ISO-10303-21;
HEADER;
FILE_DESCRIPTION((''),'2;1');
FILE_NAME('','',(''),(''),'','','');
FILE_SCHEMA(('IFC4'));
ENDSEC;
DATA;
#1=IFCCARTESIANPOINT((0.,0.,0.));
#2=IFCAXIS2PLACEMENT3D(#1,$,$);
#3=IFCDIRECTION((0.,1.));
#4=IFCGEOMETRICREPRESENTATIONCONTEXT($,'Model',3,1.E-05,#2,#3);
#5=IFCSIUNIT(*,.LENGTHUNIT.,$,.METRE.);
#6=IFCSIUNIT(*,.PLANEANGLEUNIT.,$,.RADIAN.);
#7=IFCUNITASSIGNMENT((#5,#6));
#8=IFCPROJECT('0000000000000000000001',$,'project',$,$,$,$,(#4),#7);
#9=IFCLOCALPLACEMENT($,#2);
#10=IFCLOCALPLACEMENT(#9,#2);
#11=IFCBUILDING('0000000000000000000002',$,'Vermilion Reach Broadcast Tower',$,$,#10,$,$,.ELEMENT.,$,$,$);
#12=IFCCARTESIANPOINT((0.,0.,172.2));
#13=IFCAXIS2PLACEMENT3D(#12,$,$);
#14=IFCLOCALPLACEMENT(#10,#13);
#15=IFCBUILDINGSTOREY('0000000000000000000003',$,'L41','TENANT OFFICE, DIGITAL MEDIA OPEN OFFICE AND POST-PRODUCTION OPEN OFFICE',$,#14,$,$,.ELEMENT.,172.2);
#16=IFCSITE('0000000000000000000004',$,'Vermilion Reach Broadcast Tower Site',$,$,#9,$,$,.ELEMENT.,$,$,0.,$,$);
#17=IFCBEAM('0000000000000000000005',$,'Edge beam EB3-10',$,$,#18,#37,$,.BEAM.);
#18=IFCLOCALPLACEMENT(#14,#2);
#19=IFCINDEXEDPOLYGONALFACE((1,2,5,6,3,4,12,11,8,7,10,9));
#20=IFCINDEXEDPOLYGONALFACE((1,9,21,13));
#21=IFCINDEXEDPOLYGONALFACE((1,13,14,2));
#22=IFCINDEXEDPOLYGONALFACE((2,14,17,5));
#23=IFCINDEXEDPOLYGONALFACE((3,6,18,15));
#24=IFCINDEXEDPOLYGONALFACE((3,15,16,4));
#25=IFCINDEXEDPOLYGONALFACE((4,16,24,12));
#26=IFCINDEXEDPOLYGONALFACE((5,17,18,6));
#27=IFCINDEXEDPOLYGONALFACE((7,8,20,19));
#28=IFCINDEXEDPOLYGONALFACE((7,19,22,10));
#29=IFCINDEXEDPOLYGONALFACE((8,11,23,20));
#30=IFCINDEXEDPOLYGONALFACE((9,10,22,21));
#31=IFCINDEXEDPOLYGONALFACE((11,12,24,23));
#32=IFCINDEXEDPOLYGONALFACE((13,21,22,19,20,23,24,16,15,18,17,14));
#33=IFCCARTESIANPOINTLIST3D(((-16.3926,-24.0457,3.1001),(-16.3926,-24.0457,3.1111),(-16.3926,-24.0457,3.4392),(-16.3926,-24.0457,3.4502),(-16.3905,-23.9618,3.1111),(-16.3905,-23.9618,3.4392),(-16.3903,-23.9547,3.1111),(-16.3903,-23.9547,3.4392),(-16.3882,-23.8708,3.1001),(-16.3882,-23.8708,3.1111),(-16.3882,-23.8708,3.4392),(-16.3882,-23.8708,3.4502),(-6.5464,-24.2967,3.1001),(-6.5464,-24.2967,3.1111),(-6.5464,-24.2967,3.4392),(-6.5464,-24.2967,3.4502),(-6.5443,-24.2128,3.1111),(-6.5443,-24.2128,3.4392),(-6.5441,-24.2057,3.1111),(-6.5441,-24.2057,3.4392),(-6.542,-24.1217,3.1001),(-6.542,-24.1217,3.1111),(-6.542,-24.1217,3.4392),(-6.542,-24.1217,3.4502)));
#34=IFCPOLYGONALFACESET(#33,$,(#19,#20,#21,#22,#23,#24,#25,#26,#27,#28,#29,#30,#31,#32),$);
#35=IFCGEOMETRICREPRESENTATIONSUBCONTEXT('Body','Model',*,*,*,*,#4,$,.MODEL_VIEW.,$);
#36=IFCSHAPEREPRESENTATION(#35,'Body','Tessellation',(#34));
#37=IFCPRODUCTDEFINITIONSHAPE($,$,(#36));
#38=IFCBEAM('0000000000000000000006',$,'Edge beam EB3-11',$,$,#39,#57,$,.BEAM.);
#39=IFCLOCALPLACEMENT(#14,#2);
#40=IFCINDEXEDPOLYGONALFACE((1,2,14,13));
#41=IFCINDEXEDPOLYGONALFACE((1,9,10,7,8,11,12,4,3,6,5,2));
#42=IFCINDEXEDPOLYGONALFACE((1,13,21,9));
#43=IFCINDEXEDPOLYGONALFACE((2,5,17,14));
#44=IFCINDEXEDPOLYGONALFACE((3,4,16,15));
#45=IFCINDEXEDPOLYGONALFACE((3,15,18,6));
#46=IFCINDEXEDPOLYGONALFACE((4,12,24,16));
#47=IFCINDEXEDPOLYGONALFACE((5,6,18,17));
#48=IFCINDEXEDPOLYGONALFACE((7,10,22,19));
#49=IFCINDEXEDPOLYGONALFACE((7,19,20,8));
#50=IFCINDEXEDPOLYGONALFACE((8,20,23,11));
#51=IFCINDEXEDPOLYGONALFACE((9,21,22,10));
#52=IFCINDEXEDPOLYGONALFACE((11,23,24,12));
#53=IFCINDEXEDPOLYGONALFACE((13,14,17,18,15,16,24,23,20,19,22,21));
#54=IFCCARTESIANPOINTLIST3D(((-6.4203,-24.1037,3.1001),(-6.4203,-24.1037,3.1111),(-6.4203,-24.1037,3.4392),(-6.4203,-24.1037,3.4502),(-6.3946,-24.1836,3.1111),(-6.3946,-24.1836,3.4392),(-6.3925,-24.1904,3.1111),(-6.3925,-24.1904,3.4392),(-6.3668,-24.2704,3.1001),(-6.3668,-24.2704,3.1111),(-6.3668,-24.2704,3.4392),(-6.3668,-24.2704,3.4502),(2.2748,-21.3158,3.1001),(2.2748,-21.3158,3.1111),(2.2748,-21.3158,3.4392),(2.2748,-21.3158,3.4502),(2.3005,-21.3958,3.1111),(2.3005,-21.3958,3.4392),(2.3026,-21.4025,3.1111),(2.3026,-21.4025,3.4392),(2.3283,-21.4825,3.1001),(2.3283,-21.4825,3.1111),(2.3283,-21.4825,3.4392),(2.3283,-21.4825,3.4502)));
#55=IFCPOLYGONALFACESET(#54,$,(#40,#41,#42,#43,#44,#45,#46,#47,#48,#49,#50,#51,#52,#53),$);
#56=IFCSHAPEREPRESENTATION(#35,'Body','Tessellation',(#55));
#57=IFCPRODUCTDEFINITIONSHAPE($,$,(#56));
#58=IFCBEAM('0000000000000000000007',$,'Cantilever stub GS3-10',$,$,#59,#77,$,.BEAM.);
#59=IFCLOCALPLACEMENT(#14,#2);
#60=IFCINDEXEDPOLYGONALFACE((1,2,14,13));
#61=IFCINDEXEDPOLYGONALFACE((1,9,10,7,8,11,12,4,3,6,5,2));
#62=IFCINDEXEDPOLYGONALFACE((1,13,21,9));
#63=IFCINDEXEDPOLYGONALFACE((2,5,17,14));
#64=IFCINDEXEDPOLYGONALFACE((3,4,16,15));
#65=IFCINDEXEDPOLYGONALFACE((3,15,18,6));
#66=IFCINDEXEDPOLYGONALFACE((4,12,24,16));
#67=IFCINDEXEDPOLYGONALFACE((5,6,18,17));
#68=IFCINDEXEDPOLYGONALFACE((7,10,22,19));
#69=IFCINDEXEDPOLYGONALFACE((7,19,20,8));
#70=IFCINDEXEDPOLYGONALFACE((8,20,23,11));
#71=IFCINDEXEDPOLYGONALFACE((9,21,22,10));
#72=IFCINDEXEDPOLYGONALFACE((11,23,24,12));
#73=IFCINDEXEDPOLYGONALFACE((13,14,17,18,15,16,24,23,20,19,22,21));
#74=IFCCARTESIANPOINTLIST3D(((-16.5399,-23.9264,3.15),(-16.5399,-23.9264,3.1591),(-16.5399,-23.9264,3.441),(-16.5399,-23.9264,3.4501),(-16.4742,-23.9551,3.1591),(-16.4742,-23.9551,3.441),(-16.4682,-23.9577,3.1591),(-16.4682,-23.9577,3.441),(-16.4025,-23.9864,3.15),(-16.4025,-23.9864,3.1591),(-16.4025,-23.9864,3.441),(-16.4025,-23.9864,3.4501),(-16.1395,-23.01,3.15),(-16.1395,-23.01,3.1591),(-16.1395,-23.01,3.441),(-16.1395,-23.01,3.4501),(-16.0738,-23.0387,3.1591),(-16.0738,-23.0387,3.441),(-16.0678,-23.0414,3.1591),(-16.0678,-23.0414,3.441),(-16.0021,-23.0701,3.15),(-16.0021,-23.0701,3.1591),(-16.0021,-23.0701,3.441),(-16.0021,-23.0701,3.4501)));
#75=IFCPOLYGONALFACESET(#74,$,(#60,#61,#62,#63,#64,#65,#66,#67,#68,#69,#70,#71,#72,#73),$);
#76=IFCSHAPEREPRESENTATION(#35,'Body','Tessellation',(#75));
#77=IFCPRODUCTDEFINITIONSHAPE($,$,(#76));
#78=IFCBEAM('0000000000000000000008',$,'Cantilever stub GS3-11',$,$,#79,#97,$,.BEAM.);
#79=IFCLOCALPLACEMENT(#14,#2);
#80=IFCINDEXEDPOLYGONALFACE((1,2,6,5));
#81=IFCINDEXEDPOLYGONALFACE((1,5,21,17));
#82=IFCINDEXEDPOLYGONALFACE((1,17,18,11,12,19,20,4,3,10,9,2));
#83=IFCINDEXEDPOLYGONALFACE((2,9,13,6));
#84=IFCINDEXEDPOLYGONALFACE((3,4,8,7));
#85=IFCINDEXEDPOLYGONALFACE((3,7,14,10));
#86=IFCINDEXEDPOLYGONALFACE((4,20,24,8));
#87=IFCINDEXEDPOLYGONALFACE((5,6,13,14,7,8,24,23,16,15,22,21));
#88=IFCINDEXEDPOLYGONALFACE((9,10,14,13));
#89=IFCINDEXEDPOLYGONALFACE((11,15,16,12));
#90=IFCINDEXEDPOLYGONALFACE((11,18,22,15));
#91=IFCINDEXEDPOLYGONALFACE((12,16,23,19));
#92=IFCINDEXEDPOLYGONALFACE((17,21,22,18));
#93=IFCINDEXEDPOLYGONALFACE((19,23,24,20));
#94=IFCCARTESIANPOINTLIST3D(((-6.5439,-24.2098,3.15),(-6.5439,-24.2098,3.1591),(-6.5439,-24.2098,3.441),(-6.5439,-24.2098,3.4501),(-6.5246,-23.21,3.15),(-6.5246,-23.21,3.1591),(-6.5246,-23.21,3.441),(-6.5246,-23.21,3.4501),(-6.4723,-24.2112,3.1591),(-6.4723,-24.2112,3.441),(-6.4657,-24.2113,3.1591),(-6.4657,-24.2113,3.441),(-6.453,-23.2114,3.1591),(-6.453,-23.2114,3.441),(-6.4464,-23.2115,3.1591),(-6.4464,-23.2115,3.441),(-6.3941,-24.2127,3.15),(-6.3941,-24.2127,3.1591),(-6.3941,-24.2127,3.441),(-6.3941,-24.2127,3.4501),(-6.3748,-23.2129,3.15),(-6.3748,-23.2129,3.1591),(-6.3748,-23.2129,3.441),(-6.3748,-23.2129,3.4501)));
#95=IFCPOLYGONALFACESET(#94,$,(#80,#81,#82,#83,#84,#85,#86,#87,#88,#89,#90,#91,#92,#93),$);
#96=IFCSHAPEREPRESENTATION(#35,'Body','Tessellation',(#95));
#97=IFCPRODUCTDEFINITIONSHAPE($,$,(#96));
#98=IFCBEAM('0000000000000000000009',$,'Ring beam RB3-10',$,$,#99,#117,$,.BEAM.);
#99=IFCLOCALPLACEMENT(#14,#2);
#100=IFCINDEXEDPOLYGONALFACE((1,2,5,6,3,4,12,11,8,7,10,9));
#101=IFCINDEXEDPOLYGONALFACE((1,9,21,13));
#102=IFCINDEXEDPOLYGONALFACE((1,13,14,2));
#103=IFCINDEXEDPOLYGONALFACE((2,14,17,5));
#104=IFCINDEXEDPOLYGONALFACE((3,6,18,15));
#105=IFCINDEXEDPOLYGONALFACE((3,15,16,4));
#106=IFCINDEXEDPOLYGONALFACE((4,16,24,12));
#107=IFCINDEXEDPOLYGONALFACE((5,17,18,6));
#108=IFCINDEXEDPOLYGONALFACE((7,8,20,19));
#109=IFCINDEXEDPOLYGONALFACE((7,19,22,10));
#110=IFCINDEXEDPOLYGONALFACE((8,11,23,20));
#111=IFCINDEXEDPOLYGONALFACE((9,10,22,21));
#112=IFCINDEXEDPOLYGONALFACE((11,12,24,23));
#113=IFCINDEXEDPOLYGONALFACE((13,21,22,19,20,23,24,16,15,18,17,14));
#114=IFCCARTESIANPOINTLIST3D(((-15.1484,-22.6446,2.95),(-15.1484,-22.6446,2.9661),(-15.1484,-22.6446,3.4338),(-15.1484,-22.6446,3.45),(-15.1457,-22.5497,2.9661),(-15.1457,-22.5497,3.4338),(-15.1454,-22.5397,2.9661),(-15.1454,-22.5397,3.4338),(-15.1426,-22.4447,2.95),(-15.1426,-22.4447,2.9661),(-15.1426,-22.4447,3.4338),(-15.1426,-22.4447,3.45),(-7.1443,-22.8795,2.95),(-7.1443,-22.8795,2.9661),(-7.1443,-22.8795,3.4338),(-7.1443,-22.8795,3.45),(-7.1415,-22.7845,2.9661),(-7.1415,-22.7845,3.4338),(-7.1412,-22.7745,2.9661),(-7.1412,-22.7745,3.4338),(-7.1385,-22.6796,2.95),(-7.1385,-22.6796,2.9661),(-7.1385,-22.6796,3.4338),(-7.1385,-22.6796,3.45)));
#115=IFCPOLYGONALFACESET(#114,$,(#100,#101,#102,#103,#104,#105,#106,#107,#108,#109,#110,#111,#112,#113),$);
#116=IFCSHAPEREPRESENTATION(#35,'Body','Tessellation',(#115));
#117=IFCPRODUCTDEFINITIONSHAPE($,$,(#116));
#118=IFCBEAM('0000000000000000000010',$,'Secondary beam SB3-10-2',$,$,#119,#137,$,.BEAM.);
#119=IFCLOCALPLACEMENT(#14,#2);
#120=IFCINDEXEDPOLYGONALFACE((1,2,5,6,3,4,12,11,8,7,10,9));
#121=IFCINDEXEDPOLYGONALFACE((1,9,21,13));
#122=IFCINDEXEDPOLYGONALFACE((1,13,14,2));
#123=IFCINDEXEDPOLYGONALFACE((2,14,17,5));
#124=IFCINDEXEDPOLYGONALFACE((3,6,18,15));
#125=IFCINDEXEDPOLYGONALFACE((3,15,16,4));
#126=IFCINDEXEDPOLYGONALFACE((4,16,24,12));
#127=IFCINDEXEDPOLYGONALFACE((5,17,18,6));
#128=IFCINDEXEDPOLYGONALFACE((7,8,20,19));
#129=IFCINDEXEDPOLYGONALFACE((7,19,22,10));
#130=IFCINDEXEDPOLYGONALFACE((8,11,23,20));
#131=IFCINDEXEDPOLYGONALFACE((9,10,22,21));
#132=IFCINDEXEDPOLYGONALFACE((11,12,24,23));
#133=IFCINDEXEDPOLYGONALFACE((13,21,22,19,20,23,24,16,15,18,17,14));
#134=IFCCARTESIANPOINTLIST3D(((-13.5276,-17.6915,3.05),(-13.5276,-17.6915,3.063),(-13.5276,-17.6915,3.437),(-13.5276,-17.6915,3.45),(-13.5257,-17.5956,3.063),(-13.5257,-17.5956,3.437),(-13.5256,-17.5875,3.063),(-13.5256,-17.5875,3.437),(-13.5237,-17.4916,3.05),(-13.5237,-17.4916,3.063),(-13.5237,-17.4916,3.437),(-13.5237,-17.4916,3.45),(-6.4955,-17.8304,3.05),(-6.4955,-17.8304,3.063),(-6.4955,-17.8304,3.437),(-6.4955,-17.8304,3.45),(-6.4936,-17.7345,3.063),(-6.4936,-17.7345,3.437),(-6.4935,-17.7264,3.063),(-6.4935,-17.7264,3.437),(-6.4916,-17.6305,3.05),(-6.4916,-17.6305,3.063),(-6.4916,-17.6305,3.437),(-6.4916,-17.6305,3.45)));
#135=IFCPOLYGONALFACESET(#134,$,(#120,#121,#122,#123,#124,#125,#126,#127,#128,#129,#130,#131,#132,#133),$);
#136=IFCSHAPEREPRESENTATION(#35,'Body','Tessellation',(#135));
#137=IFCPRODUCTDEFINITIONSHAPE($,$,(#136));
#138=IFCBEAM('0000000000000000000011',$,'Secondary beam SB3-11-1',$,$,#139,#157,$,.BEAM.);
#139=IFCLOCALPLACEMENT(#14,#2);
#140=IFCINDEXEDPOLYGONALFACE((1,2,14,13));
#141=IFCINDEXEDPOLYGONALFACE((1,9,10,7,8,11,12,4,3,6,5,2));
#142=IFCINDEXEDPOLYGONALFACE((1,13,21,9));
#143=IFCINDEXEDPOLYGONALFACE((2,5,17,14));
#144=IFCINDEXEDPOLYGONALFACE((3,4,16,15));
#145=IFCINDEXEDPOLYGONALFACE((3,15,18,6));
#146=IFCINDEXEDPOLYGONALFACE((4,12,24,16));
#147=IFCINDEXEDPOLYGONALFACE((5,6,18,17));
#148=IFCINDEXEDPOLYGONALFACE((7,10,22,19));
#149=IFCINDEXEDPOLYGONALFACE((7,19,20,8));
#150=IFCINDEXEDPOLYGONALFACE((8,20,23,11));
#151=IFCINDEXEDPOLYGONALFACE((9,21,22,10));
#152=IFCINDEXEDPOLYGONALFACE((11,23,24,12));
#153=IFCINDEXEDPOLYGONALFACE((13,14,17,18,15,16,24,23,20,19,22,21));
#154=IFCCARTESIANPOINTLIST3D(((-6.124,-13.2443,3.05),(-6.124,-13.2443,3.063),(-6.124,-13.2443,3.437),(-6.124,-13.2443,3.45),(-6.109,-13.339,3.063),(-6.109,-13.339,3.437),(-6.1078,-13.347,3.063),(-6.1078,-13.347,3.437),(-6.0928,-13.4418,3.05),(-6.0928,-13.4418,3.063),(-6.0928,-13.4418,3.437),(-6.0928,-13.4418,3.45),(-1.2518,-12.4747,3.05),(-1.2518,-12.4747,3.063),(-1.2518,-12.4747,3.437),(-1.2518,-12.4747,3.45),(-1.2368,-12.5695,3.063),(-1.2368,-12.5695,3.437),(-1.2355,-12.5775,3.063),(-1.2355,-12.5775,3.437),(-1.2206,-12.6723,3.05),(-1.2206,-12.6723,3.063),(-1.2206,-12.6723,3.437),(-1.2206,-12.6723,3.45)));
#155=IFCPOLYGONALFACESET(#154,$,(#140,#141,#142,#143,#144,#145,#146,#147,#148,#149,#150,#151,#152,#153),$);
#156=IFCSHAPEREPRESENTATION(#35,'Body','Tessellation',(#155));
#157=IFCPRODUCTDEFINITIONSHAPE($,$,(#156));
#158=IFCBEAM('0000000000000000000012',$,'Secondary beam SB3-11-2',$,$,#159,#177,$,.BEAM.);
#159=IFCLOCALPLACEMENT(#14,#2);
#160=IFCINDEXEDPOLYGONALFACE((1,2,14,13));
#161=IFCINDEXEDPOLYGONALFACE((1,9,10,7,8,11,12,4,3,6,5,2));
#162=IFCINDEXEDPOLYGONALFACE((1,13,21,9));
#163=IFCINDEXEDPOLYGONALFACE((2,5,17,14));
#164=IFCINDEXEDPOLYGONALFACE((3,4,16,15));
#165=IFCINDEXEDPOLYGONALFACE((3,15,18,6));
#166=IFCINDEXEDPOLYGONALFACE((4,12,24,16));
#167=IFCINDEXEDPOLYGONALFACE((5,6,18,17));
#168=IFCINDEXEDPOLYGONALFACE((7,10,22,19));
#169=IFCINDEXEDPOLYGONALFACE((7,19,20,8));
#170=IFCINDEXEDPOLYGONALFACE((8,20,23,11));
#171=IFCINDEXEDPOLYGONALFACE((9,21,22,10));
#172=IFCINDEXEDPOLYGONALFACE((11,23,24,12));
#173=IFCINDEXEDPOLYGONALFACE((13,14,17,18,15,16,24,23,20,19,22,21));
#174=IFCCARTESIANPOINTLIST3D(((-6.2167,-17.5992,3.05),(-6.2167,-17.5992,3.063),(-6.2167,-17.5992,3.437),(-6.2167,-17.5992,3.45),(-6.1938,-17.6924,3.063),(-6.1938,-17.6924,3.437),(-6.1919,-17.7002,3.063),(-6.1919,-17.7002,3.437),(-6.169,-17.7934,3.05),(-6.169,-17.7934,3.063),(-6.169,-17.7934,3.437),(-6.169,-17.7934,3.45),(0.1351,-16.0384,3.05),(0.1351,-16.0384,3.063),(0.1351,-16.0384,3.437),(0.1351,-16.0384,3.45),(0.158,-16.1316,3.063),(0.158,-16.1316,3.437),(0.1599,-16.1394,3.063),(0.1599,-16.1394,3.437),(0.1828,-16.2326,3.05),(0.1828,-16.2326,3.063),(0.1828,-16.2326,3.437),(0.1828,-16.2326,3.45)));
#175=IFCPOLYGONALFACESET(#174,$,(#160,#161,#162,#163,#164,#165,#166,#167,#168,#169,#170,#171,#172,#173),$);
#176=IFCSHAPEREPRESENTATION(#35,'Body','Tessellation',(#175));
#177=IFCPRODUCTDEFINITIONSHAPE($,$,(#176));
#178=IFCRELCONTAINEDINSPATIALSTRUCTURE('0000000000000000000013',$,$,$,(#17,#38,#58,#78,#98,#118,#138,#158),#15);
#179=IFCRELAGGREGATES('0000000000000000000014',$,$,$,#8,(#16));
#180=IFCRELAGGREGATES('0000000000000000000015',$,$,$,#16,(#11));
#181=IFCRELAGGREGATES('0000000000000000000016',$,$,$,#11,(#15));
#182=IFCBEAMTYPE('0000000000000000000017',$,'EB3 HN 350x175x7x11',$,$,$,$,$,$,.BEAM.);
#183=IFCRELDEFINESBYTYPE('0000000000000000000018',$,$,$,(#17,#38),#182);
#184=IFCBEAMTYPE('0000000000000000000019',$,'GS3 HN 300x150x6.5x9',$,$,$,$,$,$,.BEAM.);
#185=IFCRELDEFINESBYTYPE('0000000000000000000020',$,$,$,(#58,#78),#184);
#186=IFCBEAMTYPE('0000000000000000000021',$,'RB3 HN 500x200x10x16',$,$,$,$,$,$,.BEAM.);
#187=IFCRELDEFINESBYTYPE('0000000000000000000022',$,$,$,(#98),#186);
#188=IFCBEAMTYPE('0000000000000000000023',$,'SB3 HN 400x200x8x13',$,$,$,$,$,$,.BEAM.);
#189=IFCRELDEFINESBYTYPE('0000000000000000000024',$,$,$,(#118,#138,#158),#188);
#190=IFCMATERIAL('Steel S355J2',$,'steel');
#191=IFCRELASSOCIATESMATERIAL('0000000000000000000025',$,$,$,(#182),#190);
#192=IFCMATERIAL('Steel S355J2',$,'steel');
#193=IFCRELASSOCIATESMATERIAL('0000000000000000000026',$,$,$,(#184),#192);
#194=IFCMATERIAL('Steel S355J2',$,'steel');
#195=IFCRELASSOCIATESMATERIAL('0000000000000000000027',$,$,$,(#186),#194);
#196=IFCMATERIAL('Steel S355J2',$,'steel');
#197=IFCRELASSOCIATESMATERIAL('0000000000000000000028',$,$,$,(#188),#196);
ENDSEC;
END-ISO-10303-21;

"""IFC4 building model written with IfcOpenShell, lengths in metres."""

from ifc_helpers import new_model, si_unit, direction, frame, origin, origin_2d, place, context, subcontext, project, spatial, i_section, extrude, material, material_profile, profile_set, type_object, element, save


model = new_model("IFC4")

# Units and contexts
model_context = context("Model", 3, precision=1e-05, world=origin(), true_north=direction((0.0, 1.0)))
body_context = subcontext(model_context, "Body", "Model", "MODEL_VIEW")
ifc_project = project(units=[si_unit("LENGTHUNIT", "METRE"), si_unit("PLANEANGLEUNIT", "RADIAN")], contexts=[model_context])

# Site, building, storey
site_placement = place(None, origin())
site = spatial("IfcSite", under=ifc_project, at=site_placement, Name="Vermilion Reach Broadcast Tower Site", CompositionType="ELEMENT", RefElevation=0.0)
building_placement = place(site_placement, origin())
building = spatial("IfcBuilding", under=site, at=building_placement, Name="Vermilion Reach Broadcast Tower", CompositionType="ELEMENT")
storey_placement = place(building_placement, frame((0.0, 0.0, 172.2)))
storey = spatial("IfcBuildingStorey", under=building, at=storey_placement, Name="L41", Description="TENANT OFFICE, DIGITAL MEDIA OPEN OFFICE AND POST-PRODUCTION OPEN OFFICE", CompositionType="ELEMENT", Elevation=172.2)

# Beams
ifc_material_1 = material(Name="Steel S355J2", Category="steel")
ifc_material_profile_1 = material_profile(ifc_material_1, i_section(OverallWidth=0.175, OverallDepth=0.3501, WebThickness=0.0071, FlangeThickness=0.011, at=origin_2d()), Name="S355J2 HN 350x175x7x11")
ifc_profile_set_1 = profile_set([ifc_material_profile_1], Name="Steel S355J2")
beam_type_1 = type_object("IfcBeamType", Name="EB3 HN 350x175x7x11", PredefinedType="BEAM", material=ifc_profile_set_1)
beam_1_placement = place(storey_placement, frame((-16.3904, -23.9583, 3.2751), z_axis=(0.999675, -0.025481, 0.0), x_axis=(0.025481, 0.999675, 0.0)))
element("IfcBeam", 1, at=beam_1_placement, inside=storey, type_object=beam_type_1, Name="Edge beam EB3-10", PredefinedType="BEAM", context=body_context, shape_type="SweptSolid", body=[
    extrude(i_section(OverallWidth=0.175, OverallDepth=0.3501, WebThickness=0.0071, FlangeThickness=0.011, at=origin_2d()), origin(), (0.0, 0.0, 1.0), 9.8494),
])
beam_2_placement = place(storey_placement, frame((-6.3936, -24.187, 3.2751), z_axis=(0.952252, 0.305314, 0.0), x_axis=(-0.305314, 0.952252, 0.0)))
element("IfcBeam", 2, at=beam_2_placement, inside=storey, type_object=beam_type_1, Name="Edge beam EB3-11", PredefinedType="BEAM", context=body_context, shape_type="SweptSolid", body=[
    extrude(i_section(OverallWidth=0.175, OverallDepth=0.3501, WebThickness=0.0071, FlangeThickness=0.011, at=origin_2d()), origin(), (0.0, 0.0, 1.0), 9.1311),
])
ifc_material_2 = material(Name="Steel S355J2", Category="steel")
ifc_material_profile_2 = material_profile(ifc_material_2, i_section(OverallWidth=0.1499, OverallDepth=0.3, WebThickness=0.0066, FlangeThickness=0.009, at=origin_2d()), Name="S355J2 HN 300x150x6.5x9")
ifc_profile_set_2 = profile_set([ifc_material_profile_2], Name="Steel S355J2")
beam_type_2 = type_object("IfcBeamType", Name="GS3 HN 300x150x6.5x9", PredefinedType="BEAM", material=ifc_profile_set_2)
for number, where, z_axis, x_axis, name in (
    (3, (-16.0708, -23.04, 3.3), (-0.400422, -0.916331, 0.0), (0.916331, -0.400422, 0.0), "Cantilever stub GS3-10"),
    (4, (-6.4497, -23.2114, 3.3), (-0.019288, -0.999814, 0.0), (0.999814, -0.019288, 0.0), "Cantilever stub GS3-11"),
):
    element("IfcBeam", number, at=place(storey_placement, frame(where, z_axis=z_axis, x_axis=x_axis)), inside=storey, type_object=beam_type_2, Name=name, PredefinedType="BEAM", context=body_context, shape_type="SweptSolid", body=[
        extrude(i_section(OverallWidth=0.1499, OverallDepth=0.3, WebThickness=0.0066, FlangeThickness=0.009, at=origin_2d()), origin(), (0.0, 0.0, 1.0), 1.0),
    ])
ifc_material_3 = material(Name="Steel S355J2", Category="steel")
ifc_material_profile_3 = material_profile(ifc_material_3, i_section(OverallWidth=0.2, OverallDepth=0.5, WebThickness=0.01, FlangeThickness=0.0161, at=origin_2d()), Name="S355J2 HN 500x200x10x16")
ifc_profile_set_3 = profile_set([ifc_material_profile_3], Name="Steel S355J2")
beam_type_3 = type_object("IfcBeamType", Name="RB3 HN 500x200x10x16", PredefinedType="BEAM", material=ifc_profile_set_3)
beam_3_placement = place(storey_placement, frame((-15.1455, -22.5447, 3.2), z_axis=(0.99957, -0.02933, 0.0), x_axis=(0.02933, 0.99957, 0.0)))
element("IfcBeam", 5, at=beam_3_placement, inside=storey, type_object=beam_type_3, Name="Ring beam RB3-10", PredefinedType="BEAM", context=body_context, shape_type="SweptSolid", body=[
    extrude(i_section(OverallWidth=0.2, OverallDepth=0.5, WebThickness=0.01, FlangeThickness=0.0161, at=origin_2d()), origin(), (0.0, 0.0, 1.0), 8.0076),
])
ifc_material_4 = material(Name="Steel S355J2", Category="steel")
ifc_material_profile_4 = material_profile(ifc_material_4, i_section(OverallWidth=0.2, OverallDepth=0.3999, WebThickness=0.0081, FlangeThickness=0.0129, at=origin_2d()), Name="S355J2 HN 400x200x8x13")
ifc_profile_set_4 = profile_set([ifc_material_profile_4], Name="Steel S355J2")
beam_type_4 = type_object("IfcBeamType", Name="SB3 HN 400x200x8x13", PredefinedType="BEAM", material=ifc_profile_set_4)
beam_4_placement = place(storey_placement, frame((-13.5256, -17.5916, 3.25), z_axis=(0.999805, -0.019751, 0.0), x_axis=(0.019751, 0.999805, 0.0)))
element("IfcBeam", 6, at=beam_4_placement, inside=storey, type_object=beam_type_4, Name="Secondary beam SB3-10-2", PredefinedType="BEAM", context=body_context, shape_type="SweptSolid", body=[
    extrude(i_section(OverallWidth=0.2, OverallDepth=0.3999, WebThickness=0.0081, FlangeThickness=0.0129, at=origin_2d()), origin(), (0.0, 0.0, 1.0), 7.0334),
])
beam_5_placement = place(storey_placement, frame((-6.1084, -13.343, 3.25), z_axis=(0.987756, 0.156006, 0.0), x_axis=(-0.156006, 0.987756, 0.0)))
element("IfcBeam", 7, at=beam_5_placement, inside=storey, type_object=beam_type_4, Name="Secondary beam SB3-11-1", PredefinedType="BEAM", context=body_context, shape_type="SweptSolid", body=[
    extrude(i_section(OverallWidth=0.2, OverallDepth=0.3999, WebThickness=0.0081, FlangeThickness=0.0129, at=origin_2d()), origin(), (0.0, 0.0, 1.0), 4.9326),
])
beam_6_placement = place(storey_placement, frame((-6.1929, -17.6963, 3.25), z_axis=(0.971112, 0.238625, 0.0), x_axis=(-0.238625, 0.971112, 0.0)))
element("IfcBeam", 8, at=beam_6_placement, inside=storey, type_object=beam_type_4, Name="Secondary beam SB3-11-2", PredefinedType="BEAM", context=body_context, shape_type="SweptSolid", body=[
    extrude(i_section(OverallWidth=0.2, OverallDepth=0.3999, WebThickness=0.0081, FlangeThickness=0.0129, at=origin_2d()), origin(), (0.0, 0.0, 1.0), 6.5408),
])

save(model, "model.ifc")
